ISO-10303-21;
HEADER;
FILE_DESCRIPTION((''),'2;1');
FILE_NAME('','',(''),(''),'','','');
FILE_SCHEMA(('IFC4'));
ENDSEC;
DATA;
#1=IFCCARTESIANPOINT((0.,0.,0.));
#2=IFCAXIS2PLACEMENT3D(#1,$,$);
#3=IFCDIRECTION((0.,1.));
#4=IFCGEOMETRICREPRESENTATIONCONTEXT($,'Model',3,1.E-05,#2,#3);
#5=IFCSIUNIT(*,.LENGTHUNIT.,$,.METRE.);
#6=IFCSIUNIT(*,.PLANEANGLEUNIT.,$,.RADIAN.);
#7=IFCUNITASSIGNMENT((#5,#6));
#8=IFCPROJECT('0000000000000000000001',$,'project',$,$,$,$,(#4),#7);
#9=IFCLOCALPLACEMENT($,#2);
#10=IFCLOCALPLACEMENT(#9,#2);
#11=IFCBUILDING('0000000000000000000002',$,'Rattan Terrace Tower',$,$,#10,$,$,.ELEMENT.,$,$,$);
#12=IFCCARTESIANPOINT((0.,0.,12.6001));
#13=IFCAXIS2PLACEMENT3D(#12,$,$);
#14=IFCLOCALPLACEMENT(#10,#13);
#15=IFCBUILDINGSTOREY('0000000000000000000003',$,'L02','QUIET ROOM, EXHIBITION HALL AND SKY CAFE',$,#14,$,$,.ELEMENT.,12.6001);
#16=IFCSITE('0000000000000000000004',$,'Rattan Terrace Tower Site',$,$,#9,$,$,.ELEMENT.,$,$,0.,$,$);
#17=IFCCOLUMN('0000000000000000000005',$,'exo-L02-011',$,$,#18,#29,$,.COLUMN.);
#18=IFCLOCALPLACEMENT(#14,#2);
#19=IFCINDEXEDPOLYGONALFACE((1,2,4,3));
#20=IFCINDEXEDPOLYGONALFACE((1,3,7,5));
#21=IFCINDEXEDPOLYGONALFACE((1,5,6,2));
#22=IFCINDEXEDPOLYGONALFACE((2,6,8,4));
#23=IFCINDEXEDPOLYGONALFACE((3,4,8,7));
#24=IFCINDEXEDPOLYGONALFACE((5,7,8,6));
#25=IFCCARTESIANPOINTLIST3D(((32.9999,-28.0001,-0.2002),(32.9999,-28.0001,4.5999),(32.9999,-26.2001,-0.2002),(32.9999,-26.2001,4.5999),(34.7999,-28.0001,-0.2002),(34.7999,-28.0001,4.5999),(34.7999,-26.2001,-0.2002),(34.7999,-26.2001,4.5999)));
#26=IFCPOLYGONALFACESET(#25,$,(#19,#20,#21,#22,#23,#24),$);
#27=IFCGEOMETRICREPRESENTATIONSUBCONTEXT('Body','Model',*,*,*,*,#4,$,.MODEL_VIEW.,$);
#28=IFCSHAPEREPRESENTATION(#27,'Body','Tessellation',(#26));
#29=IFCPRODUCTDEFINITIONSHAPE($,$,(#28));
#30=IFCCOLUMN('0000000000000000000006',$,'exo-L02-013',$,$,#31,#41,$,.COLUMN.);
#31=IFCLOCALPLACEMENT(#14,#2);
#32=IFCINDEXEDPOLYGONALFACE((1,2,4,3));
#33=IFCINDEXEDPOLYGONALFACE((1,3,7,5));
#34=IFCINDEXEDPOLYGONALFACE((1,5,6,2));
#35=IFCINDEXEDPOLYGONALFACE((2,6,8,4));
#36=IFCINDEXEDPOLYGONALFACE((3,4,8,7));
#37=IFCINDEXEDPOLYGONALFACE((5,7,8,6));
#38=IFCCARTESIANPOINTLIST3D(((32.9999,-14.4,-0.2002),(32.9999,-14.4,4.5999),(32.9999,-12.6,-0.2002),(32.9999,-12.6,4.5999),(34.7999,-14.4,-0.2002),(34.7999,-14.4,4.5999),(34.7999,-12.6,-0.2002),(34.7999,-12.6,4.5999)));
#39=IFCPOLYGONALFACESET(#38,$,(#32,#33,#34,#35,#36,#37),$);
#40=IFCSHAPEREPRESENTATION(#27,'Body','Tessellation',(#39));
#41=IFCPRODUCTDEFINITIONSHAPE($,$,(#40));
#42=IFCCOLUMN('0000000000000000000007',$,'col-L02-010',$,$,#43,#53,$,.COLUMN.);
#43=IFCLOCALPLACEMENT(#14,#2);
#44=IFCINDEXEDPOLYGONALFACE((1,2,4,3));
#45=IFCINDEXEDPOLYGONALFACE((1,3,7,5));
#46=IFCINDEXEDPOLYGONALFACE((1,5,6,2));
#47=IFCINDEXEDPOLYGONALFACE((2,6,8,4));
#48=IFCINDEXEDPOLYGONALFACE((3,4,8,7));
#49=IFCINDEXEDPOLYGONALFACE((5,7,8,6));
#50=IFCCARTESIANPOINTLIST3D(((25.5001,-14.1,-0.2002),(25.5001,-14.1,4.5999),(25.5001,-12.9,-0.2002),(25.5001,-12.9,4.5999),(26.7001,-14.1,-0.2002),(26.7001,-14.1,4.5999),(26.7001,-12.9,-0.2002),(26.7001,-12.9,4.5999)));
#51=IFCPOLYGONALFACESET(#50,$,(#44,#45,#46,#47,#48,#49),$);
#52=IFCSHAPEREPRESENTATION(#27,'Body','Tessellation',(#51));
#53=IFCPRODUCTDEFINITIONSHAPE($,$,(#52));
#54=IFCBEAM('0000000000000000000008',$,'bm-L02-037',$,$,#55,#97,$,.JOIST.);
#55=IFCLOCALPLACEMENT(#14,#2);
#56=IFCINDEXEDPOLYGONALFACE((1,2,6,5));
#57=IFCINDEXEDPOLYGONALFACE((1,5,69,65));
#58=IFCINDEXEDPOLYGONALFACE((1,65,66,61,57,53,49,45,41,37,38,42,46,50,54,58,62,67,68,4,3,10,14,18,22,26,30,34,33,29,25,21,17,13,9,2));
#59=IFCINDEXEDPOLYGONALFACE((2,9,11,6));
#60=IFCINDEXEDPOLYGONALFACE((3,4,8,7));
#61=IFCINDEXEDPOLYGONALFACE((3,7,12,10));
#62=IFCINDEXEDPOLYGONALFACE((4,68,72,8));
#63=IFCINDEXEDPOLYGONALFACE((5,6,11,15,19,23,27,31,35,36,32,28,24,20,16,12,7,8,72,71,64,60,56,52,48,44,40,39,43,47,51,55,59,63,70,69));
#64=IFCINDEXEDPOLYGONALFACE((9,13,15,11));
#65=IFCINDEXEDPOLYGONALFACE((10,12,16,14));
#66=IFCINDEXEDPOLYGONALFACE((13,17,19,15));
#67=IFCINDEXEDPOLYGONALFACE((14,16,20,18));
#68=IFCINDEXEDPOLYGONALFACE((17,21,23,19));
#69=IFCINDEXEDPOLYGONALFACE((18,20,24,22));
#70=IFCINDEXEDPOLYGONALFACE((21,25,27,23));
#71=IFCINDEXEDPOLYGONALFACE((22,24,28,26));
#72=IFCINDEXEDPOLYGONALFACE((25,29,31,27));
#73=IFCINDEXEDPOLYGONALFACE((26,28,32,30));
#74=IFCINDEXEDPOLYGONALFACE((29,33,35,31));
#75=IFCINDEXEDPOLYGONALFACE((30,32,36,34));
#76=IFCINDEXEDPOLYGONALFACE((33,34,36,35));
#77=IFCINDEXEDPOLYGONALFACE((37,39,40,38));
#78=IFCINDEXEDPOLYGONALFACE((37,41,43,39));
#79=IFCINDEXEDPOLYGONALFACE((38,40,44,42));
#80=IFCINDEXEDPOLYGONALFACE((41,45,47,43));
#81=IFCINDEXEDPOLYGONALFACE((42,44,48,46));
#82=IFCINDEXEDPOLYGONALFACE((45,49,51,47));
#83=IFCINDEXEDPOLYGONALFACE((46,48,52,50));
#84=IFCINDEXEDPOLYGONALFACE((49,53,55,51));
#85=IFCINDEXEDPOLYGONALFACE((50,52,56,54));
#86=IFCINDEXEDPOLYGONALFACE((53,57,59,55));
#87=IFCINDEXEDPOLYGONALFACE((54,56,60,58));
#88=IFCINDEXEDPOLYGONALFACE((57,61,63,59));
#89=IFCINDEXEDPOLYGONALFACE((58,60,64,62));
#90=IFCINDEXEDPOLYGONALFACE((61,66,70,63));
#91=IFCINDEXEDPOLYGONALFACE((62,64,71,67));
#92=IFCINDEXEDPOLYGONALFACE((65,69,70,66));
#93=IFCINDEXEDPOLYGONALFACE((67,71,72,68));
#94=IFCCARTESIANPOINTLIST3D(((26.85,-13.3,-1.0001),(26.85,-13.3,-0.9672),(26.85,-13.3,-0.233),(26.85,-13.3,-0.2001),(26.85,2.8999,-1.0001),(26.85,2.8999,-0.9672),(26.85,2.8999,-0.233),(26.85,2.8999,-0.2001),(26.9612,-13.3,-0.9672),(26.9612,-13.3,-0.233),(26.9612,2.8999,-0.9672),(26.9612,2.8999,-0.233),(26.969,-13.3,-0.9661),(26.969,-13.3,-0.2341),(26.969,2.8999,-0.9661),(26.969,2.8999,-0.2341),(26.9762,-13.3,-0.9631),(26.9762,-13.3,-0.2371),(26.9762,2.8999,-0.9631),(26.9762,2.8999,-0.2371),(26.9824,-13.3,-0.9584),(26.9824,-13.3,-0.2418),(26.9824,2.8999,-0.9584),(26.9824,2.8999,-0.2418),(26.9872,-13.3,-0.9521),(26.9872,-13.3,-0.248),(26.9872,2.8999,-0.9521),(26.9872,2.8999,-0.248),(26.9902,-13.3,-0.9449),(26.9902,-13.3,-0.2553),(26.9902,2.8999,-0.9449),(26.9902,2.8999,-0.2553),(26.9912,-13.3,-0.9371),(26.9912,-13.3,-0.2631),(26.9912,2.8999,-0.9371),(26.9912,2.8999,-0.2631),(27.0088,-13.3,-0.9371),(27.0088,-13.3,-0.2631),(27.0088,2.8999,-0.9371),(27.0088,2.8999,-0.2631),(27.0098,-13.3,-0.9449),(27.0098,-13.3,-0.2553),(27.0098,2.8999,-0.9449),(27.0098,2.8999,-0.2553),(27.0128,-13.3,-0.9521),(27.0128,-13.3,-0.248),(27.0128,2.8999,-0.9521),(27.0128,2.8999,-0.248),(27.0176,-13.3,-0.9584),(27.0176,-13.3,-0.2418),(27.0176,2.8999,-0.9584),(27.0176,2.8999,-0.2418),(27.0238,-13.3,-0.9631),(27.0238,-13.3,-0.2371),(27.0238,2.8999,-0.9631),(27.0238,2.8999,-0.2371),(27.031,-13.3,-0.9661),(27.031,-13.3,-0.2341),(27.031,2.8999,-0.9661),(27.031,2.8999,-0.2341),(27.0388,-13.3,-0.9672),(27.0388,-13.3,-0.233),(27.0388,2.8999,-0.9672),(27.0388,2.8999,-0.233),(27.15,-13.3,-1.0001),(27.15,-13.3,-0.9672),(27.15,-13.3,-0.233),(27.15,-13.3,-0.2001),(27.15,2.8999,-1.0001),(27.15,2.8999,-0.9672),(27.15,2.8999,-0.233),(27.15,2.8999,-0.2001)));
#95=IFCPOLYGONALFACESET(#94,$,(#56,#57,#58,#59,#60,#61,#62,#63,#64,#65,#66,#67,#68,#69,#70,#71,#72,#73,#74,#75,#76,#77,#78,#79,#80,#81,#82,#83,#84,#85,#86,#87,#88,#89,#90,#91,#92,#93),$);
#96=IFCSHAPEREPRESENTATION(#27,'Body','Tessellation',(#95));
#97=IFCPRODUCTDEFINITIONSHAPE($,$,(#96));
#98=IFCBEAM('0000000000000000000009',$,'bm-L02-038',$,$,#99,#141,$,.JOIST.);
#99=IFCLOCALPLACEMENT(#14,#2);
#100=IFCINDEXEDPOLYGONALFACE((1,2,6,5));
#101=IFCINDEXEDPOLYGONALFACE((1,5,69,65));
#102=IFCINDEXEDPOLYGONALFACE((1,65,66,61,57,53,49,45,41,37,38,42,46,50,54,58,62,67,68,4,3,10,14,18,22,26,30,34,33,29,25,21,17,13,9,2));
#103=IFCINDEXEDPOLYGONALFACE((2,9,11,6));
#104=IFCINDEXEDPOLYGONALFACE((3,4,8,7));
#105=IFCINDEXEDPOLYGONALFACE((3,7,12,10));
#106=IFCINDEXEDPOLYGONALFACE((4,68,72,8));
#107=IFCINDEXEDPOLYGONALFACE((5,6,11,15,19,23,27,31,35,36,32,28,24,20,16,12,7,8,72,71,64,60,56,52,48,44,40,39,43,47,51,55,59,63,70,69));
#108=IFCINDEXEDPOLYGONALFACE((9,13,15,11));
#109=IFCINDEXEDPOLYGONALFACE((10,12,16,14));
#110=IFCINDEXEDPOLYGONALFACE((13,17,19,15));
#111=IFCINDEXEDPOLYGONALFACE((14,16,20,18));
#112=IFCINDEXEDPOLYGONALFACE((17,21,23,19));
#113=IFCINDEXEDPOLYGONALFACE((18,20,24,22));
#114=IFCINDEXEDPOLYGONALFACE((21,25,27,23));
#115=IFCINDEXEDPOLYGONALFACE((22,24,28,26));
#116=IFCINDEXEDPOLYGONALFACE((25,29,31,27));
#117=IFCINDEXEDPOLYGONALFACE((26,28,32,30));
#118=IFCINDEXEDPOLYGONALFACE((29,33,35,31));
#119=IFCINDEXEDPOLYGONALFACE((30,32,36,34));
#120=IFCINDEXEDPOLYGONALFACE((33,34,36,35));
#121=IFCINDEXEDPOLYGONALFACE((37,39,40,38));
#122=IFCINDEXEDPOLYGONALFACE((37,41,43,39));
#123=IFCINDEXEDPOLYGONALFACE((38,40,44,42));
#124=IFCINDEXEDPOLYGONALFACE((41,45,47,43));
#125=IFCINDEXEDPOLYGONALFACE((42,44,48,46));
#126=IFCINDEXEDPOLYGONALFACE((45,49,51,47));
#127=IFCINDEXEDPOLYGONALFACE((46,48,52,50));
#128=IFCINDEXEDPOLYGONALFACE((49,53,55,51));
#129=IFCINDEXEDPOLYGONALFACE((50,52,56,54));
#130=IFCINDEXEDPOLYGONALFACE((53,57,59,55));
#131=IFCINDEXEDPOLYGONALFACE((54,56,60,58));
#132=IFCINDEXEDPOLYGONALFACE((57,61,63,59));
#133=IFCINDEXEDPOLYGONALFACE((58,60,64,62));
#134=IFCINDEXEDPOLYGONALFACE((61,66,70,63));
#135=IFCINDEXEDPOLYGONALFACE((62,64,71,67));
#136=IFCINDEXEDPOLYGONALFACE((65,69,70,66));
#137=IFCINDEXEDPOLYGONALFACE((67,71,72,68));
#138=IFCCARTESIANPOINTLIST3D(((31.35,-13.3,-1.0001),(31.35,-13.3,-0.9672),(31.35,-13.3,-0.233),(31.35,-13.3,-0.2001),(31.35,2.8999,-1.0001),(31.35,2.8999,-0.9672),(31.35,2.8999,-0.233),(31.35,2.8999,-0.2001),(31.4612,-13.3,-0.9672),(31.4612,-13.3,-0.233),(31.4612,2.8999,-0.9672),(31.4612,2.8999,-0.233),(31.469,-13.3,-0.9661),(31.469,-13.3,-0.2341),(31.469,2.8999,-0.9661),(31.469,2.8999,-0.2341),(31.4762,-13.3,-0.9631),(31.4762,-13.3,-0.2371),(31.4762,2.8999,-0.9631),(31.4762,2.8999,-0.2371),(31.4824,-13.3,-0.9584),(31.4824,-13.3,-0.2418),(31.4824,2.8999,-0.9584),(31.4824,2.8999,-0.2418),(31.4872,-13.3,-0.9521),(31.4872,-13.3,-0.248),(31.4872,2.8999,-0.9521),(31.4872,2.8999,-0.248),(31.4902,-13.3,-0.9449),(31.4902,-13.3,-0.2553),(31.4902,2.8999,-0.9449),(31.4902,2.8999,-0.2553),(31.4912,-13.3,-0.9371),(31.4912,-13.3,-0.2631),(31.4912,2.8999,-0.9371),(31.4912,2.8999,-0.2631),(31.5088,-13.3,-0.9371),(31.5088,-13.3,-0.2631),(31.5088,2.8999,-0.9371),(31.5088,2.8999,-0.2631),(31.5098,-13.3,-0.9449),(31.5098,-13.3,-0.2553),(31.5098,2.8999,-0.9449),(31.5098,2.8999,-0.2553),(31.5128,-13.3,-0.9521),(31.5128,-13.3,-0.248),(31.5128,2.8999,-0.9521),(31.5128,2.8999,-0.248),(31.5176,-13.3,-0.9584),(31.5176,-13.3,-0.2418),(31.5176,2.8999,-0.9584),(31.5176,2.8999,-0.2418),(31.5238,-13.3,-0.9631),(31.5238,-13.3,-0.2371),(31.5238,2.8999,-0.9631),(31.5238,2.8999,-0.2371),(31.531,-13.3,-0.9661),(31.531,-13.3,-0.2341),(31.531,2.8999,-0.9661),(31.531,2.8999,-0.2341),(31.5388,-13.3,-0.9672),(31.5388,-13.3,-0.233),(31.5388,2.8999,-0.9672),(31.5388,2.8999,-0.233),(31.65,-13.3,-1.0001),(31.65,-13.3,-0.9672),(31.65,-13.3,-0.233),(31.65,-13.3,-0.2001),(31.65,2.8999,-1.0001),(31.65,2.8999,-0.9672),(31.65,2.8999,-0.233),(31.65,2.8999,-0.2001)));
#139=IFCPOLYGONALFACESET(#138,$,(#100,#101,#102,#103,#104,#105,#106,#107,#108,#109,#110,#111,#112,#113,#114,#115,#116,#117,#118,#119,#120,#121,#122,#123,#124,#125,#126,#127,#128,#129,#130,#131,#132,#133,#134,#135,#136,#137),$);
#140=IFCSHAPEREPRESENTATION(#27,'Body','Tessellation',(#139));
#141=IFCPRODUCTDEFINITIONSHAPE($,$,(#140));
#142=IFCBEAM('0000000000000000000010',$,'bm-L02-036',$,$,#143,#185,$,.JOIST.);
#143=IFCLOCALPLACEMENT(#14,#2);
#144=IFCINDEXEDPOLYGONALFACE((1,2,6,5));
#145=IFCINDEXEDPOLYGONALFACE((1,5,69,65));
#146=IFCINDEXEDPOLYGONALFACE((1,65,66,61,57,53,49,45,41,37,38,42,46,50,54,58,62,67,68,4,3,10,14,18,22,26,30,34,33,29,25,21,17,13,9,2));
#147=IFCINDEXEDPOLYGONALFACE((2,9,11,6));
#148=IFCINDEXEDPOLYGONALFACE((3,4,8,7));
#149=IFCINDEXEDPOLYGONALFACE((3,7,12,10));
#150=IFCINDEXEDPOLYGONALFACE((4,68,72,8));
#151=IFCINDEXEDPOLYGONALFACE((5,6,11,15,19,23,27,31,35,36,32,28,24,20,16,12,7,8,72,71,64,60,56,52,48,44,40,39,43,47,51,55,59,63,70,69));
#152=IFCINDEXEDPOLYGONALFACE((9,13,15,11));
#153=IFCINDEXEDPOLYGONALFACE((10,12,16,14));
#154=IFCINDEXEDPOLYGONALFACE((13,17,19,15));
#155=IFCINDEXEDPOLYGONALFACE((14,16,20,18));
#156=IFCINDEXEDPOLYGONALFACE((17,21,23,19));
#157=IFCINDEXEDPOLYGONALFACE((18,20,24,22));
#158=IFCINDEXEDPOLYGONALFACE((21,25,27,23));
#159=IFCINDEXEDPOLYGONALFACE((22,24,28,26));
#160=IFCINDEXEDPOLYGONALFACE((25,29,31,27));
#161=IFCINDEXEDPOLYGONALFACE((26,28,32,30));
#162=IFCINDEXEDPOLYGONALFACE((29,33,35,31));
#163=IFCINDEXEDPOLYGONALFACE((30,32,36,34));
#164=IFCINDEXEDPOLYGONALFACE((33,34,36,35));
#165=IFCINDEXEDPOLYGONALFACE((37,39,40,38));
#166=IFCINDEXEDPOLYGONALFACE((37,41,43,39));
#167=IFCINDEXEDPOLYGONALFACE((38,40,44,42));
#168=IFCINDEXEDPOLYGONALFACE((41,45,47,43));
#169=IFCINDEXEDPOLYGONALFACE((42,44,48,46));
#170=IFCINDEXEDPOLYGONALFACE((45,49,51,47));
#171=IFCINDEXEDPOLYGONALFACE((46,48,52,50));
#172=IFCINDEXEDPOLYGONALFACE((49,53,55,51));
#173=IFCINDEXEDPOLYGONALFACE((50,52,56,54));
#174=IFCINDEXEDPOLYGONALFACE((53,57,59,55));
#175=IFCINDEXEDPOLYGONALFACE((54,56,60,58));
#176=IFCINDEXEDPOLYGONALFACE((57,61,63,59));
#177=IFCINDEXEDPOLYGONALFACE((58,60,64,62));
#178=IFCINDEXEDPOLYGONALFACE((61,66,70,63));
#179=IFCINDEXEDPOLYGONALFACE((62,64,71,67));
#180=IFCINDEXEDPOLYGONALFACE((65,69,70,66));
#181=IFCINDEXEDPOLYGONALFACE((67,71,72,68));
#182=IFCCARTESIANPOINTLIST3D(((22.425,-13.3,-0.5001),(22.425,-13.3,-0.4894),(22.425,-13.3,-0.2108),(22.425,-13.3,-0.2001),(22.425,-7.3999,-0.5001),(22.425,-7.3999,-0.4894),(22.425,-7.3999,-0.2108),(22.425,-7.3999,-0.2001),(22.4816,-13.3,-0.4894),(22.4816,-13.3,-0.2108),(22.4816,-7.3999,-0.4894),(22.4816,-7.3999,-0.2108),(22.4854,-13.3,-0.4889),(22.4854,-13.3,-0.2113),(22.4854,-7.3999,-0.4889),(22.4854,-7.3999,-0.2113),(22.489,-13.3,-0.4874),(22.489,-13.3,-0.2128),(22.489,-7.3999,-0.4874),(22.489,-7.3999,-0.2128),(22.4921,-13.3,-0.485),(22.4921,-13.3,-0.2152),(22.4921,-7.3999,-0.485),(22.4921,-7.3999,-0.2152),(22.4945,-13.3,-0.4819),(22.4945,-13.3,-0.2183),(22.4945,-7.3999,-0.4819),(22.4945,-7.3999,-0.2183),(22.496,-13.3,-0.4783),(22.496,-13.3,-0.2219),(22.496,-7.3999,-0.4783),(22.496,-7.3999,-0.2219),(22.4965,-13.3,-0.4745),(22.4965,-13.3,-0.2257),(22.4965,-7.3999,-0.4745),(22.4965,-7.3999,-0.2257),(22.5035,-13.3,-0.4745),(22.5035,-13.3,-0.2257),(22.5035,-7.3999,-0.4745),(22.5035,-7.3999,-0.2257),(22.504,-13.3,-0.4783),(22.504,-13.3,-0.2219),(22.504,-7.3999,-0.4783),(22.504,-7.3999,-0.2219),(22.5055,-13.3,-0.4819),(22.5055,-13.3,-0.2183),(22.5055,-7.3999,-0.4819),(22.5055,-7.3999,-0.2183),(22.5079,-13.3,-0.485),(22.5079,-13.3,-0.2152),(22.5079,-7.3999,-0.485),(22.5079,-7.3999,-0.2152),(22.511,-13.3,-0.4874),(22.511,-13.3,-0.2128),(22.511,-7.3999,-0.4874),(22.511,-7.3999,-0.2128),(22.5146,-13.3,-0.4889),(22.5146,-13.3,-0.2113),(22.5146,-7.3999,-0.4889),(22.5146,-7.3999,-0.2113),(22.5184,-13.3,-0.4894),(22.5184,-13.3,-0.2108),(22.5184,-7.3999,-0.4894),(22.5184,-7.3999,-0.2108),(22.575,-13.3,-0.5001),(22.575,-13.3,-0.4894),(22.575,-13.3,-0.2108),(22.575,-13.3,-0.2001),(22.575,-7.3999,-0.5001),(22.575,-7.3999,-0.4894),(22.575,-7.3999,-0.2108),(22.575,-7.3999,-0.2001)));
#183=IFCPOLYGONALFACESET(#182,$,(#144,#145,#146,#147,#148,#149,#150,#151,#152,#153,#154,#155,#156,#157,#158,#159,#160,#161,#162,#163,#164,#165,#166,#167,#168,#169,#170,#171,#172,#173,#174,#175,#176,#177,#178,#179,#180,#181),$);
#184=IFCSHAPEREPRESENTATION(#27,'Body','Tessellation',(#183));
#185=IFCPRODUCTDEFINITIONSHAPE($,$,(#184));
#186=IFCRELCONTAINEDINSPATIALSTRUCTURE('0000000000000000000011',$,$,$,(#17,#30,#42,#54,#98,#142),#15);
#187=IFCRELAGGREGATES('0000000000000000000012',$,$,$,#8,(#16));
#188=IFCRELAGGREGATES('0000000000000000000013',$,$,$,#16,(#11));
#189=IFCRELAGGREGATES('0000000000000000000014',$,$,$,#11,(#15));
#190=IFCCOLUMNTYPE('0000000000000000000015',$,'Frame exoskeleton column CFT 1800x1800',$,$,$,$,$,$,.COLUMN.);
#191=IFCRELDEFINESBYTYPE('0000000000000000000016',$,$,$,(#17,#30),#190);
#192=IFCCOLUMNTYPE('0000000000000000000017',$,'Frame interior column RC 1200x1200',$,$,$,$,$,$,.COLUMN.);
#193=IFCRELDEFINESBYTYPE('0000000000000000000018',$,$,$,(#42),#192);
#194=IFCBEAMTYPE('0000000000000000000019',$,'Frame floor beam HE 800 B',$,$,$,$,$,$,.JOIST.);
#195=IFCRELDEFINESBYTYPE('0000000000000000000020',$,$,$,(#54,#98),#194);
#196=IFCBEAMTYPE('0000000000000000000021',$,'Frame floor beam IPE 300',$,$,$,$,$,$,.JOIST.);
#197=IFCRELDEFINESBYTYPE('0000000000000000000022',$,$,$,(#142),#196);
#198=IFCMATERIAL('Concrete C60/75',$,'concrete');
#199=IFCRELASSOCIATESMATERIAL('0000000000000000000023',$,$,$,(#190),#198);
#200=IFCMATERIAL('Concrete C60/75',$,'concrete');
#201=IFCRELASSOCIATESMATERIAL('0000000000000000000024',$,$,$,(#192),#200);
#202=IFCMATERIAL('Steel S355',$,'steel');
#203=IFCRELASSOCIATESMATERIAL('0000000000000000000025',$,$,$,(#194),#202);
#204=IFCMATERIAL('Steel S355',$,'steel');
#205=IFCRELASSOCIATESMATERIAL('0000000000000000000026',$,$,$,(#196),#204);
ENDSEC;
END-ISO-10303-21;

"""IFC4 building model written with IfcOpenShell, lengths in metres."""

from ifc_helpers import new_model, si_unit, direction, frame, origin, origin_2d, place, context, subcontext, project, spatial, rectangle, i_section, extrude, material, material_profile, profile_set, type_object, element, save


model = new_model("IFC4")

# Units and contexts
model_context = context("Model", 3, precision=1e-05, world=origin(), true_north=direction((0.0, 1.0)))
body_context = subcontext(model_context, "Body", "Model", "MODEL_VIEW")
ifc_project = project(units=[si_unit("LENGTHUNIT", "METRE"), si_unit("PLANEANGLEUNIT", "RADIAN")], contexts=[model_context])

# Site, building, storey
site_placement = place(None, origin())
site = spatial("IfcSite", under=ifc_project, at=site_placement, Name="Rattan Terrace Tower Site", CompositionType="ELEMENT", RefElevation=0.0)
building_placement = place(site_placement, origin())
building = spatial("IfcBuilding", under=site, at=building_placement, Name="Rattan Terrace Tower", CompositionType="ELEMENT")
storey_placement = place(building_placement, frame((0.0, 0.0, 12.6001)))
storey = spatial("IfcBuildingStorey", under=building, at=storey_placement, Name="L02", Description="QUIET ROOM, EXHIBITION HALL AND SKY CAFE", CompositionType="ELEMENT", Elevation=12.6001)

# Columns
ifc_material_1 = material(Name="Concrete C60/75", Category="concrete")
ifc_material_profile_1 = material_profile(ifc_material_1, rectangle(XDim=1.8, YDim=1.8, at=origin_2d()), Name="CFT 1800x1800")
ifc_profile_set_1 = profile_set([ifc_material_profile_1], Name="Concrete C60/75")
column_type_1 = type_object("IfcColumnType", Name="Frame exoskeleton column CFT 1800x1800", PredefinedType="COLUMN", material=ifc_profile_set_1)
for number, where, z_axis, x_axis, name in (
    (1, (33.8999, -27.1001, -0.2002), (0.0, 0.0, 1.0), (0.0, 1.0, 0.0), "exo-L02-011"),
    (2, (33.8999, -13.5, -0.2002), (0.0, 0.0, 1.0), (0.0, 1.0, 0.0), "exo-L02-013"),
):
    element("IfcColumn", number, at=place(storey_placement, frame(where, z_axis=z_axis, x_axis=x_axis)), inside=storey, type_object=column_type_1, Name=name, PredefinedType="COLUMN", context=body_context, shape_type="SweptSolid", body=[
        extrude(rectangle(XDim=1.8, YDim=1.8, at=origin_2d()), origin(), (0.0, 0.0, 1.0), 4.8),
    ])
ifc_material_2 = material(Name="Concrete C60/75", Category="concrete")
ifc_material_profile_2 = material_profile(ifc_material_2, rectangle(XDim=1.2, YDim=1.2, at=origin_2d()), Name="RC 1200x1200")
ifc_profile_set_2 = profile_set([ifc_material_profile_2], Name="Concrete C60/75")
column_type_2 = type_object("IfcColumnType", Name="Frame interior column RC 1200x1200", PredefinedType="COLUMN", material=ifc_profile_set_2)
column_placement = place(storey_placement, frame((26.1001, -13.5, -0.2002), z_axis=(0.0, 0.0, 1.0), x_axis=(1.0, 0.0, 0.0)))
element("IfcColumn", 3, at=column_placement, inside=storey, type_object=column_type_2, Name="col-L02-010", PredefinedType="COLUMN", context=body_context, shape_type="SweptSolid", body=[
    extrude(rectangle(XDim=1.2, YDim=1.2, at=origin_2d()), origin(), (0.0, 0.0, 1.0), 4.8),
])

# Beams
ifc_material_3 = material(Name="Steel S355", Category="steel")
ifc_material_profile_3 = material_profile(ifc_material_3, i_section(OverallWidth=0.3, OverallDepth=0.8, WebThickness=0.0176, FlangeThickness=0.033, FilletRadius=0.03, at=origin_2d()), Name="HE 800 B")
ifc_profile_set_3 = profile_set([ifc_material_profile_3], Name="Steel S355")
beam_type_1 = type_object("IfcBeamType", Name="Frame floor beam HE 800 B", PredefinedType="JOIST", material=ifc_profile_set_3)
for number, where, z_axis, x_axis, name in (
    (4, (27.0, -13.3, -0.6001), (0.0, 1.0, 0.0), (-1.0, 0.0, 0.0), "bm-L02-037"),
    (5, (31.5, -13.3, -0.6001), (0.0, 1.0, 0.0), (-1.0, 0.0, 0.0), "bm-L02-038"),
):
    element("IfcBeam", number, at=place(storey_placement, frame(where, z_axis=z_axis, x_axis=x_axis)), inside=storey, type_object=beam_type_1, Name=name, PredefinedType="JOIST", context=body_context, shape_type="SweptSolid", body=[
        extrude(i_section(OverallWidth=0.3, OverallDepth=0.8, WebThickness=0.0176, FlangeThickness=0.033, FilletRadius=0.03, at=origin_2d()), origin(), (0.0, 0.0, 1.0), 16.2),
    ])
ifc_material_4 = material(Name="Steel S355", Category="steel")
ifc_material_profile_4 = material_profile(ifc_material_4, i_section(OverallWidth=0.1499, OverallDepth=0.3, WebThickness=0.0071, FlangeThickness=0.0107, FilletRadius=0.0149, at=origin_2d()), Name="IPE 300")
ifc_profile_set_4 = profile_set([ifc_material_profile_4], Name="Steel S355")
beam_type_2 = type_object("IfcBeamType", Name="Frame floor beam IPE 300", PredefinedType="JOIST", material=ifc_profile_set_4)
beam_1_placement = place(storey_placement, frame((22.5, -13.3, -0.3501), z_axis=(0.0, 1.0, 0.0), x_axis=(-1.0, 0.0, 0.0)))
element("IfcBeam", 6, at=beam_1_placement, inside=storey, type_object=beam_type_2, Name="bm-L02-036", PredefinedType="JOIST", context=body_context, shape_type="SweptSolid", body=[
    extrude(i_section(OverallWidth=0.1499, OverallDepth=0.3, WebThickness=0.0071, FlangeThickness=0.0107, FilletRadius=0.0149, at=origin_2d()), origin(), (0.0, 0.0, 1.0), 5.9001),
])

save(model, "model.ifc")
